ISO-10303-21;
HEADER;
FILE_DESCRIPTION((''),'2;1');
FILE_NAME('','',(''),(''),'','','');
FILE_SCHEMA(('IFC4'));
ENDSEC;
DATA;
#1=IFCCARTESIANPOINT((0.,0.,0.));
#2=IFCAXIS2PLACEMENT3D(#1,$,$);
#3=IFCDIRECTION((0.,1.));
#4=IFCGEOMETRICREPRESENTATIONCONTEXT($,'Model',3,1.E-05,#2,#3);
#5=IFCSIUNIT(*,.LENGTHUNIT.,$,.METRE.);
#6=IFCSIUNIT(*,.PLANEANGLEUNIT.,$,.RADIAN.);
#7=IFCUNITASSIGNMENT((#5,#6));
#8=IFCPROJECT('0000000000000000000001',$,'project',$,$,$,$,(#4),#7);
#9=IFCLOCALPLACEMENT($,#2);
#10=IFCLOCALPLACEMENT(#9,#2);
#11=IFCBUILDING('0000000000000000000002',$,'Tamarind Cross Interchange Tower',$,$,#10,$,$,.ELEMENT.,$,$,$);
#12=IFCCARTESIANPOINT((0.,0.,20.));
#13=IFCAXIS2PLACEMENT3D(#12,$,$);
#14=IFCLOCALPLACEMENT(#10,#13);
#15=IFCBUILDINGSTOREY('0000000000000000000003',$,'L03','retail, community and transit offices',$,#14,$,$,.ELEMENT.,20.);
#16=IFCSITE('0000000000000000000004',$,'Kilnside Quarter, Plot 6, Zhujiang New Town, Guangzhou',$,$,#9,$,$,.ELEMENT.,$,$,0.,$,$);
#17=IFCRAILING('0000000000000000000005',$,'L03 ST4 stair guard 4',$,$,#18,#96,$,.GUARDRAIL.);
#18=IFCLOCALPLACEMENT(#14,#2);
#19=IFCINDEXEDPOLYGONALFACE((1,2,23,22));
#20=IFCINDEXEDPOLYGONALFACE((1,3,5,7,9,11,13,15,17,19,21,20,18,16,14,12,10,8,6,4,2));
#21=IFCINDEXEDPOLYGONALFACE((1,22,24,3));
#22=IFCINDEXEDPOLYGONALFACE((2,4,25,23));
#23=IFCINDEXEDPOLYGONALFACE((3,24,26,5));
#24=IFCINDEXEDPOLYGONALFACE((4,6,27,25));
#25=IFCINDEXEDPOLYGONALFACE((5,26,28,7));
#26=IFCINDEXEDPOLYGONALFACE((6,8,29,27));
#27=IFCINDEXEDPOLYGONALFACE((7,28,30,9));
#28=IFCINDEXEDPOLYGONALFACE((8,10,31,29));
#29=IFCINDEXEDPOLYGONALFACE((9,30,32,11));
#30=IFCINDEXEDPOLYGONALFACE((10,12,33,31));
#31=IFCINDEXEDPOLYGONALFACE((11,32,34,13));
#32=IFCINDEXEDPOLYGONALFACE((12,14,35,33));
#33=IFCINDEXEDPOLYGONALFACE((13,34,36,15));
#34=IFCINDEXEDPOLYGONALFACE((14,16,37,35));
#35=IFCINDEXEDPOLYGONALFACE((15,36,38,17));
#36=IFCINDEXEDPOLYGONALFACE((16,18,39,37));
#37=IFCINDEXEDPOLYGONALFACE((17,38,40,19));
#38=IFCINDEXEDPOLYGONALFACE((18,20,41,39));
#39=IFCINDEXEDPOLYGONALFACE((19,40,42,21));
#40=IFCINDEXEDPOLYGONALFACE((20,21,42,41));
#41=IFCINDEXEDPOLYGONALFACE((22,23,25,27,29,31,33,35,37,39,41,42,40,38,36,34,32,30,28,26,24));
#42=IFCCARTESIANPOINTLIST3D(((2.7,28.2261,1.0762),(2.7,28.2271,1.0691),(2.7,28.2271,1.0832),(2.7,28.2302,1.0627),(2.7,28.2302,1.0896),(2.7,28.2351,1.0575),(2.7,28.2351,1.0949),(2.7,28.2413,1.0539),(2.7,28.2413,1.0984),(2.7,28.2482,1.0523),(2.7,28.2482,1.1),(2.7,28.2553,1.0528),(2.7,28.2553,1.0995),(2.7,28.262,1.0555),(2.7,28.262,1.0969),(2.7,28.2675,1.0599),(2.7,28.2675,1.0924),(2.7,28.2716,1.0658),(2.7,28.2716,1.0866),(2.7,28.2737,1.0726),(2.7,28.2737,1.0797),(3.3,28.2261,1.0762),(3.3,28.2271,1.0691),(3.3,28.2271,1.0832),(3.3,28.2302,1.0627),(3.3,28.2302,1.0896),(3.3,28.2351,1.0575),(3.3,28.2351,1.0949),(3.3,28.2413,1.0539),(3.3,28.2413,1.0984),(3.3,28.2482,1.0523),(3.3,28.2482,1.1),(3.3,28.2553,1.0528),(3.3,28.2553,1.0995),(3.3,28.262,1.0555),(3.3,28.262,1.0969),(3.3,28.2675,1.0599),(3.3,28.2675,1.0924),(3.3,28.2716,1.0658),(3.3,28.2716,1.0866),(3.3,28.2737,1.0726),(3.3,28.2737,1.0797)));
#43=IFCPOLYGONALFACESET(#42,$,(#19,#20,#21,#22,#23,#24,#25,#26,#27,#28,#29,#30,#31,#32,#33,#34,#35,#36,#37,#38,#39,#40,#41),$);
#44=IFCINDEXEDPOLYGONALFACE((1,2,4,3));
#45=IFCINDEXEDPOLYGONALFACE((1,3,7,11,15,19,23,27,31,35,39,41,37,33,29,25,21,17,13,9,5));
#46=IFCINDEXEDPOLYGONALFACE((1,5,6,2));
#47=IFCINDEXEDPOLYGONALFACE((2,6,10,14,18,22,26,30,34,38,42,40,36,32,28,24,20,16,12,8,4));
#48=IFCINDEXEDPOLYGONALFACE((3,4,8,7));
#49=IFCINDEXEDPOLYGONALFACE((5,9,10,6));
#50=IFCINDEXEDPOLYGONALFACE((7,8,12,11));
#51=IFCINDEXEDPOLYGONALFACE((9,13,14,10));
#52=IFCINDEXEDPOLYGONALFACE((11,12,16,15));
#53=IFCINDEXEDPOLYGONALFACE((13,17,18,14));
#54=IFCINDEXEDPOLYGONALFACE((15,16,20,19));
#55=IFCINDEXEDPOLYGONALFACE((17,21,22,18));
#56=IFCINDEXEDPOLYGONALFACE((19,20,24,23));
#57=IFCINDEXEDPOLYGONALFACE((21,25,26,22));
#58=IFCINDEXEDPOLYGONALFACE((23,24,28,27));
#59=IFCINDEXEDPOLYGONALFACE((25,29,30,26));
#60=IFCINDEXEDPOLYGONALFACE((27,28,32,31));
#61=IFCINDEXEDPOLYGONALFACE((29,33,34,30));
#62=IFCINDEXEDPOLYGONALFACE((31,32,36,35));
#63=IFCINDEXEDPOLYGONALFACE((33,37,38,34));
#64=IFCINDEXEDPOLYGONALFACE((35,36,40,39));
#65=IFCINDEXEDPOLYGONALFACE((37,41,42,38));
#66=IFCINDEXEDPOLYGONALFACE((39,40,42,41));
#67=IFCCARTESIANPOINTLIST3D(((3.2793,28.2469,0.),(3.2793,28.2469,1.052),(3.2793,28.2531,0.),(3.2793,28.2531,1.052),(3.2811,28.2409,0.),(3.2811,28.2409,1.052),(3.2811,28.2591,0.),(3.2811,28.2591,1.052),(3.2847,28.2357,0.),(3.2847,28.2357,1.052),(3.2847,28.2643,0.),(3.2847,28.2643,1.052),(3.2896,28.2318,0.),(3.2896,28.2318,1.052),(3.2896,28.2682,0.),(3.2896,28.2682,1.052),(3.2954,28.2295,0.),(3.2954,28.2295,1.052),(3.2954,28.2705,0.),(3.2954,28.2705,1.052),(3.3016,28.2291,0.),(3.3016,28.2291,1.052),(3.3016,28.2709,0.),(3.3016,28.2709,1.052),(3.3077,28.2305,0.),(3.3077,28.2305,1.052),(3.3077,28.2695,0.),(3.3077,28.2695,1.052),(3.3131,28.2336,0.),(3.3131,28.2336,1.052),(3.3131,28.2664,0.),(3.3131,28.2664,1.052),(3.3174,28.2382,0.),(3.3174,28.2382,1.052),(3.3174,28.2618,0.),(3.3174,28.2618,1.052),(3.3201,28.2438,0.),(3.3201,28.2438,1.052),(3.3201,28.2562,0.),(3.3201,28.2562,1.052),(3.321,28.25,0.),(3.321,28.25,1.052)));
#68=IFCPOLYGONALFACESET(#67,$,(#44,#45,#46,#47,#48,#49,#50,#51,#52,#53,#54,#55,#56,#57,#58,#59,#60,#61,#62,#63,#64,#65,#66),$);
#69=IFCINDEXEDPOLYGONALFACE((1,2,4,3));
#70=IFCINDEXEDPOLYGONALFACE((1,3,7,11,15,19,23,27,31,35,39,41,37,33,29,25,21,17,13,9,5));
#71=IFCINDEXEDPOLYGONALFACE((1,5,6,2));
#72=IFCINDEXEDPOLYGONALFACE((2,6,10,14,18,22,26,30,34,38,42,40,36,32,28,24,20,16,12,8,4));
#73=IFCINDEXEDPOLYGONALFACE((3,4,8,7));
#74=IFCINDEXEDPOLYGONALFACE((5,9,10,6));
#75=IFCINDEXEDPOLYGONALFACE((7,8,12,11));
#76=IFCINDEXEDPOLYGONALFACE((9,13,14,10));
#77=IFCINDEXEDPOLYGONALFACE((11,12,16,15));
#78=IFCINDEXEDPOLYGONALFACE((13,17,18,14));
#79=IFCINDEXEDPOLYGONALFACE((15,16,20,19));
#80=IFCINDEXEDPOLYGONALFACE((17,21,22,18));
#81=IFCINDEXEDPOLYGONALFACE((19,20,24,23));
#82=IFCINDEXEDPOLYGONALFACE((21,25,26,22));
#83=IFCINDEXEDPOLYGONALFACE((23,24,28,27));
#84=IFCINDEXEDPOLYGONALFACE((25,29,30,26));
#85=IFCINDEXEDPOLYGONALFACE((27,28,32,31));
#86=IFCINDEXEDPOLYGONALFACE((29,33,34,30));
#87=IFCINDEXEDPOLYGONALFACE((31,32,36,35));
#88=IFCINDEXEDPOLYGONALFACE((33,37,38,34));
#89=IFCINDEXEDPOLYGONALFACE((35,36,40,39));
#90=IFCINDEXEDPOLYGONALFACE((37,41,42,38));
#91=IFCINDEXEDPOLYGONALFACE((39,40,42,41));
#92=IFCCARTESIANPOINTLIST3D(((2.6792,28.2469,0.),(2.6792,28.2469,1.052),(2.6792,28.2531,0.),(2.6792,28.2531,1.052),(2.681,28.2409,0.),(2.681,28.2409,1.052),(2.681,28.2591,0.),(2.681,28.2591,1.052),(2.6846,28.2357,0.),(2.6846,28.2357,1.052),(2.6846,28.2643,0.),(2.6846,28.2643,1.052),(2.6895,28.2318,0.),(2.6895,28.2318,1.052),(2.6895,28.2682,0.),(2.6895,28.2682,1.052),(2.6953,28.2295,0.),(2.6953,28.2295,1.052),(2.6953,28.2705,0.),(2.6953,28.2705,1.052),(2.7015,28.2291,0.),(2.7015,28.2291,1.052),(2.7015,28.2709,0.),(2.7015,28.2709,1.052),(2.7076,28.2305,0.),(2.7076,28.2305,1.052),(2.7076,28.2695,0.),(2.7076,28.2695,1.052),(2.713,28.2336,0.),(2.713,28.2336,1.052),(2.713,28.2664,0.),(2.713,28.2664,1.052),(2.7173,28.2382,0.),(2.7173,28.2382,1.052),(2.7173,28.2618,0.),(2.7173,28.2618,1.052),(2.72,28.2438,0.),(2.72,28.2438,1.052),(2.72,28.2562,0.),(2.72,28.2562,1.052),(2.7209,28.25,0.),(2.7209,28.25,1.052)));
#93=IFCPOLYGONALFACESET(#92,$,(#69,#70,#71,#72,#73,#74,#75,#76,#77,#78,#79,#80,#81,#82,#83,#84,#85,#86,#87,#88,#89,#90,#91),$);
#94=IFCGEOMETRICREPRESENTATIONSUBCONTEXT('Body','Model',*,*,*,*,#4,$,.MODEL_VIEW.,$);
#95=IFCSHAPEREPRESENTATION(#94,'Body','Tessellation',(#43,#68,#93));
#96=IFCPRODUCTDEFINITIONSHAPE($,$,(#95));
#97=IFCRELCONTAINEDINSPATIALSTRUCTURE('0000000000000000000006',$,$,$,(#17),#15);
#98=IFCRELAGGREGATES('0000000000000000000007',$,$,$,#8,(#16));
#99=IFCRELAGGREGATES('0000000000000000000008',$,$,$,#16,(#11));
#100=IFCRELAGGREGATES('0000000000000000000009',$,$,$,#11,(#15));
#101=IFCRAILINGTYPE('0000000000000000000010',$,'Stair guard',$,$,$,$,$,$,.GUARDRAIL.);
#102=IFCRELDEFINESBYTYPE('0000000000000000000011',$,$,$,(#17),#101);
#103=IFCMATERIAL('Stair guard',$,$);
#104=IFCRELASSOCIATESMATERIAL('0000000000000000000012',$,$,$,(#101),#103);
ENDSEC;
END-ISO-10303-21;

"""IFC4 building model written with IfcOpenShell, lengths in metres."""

from ifc_helpers import new_model, si_unit, direction, frame, origin, origin_2d, place, context, subcontext, project, spatial, circle, extrude, material, type_object, element, save


model = new_model("IFC4")

# Units and contexts
model_context = context("Model", 3, precision=1e-05, world=origin(), true_north=direction((0.0, 1.0)))
body_context = subcontext(model_context, "Body", "Model", "MODEL_VIEW")
ifc_project = project(units=[si_unit("LENGTHUNIT", "METRE"), si_unit("PLANEANGLEUNIT", "RADIAN")], contexts=[model_context])

# Site, building, storey
site_placement = place(None, origin())
site = spatial("IfcSite", under=ifc_project, at=site_placement, Name="Kilnside Quarter, Plot 6, Zhujiang New Town, Guangzhou", CompositionType="ELEMENT", RefElevation=0.0)
building_placement = place(site_placement, origin())
building = spatial("IfcBuilding", under=site, at=building_placement, Name="Tamarind Cross Interchange Tower", CompositionType="ELEMENT")
storey_placement = place(building_placement, frame((0.0, 0.0, 20.0)))
storey = spatial("IfcBuildingStorey", under=building, at=storey_placement, Name="L03", Description="retail, community and transit offices", CompositionType="ELEMENT", Elevation=20.0)

# Railing
ifc_material_1 = material(Name="Stair guard")
railing_type_1 = type_object("IfcRailingType", Name="Stair guard", PredefinedType="GUARDRAIL", material=ifc_material_1)
railing_1_placement = place(storey_placement, frame((3.3, 28.25, 0.0)))
element("IfcRailing", 1, at=railing_1_placement, inside=storey, type_object=railing_type_1, Name="L03 ST4 stair guard 4", PredefinedType="GUARDRAIL", context=body_context, shape_type="SweptSolid", body=[
    extrude(circle(Radius=0.0239, at=origin_2d()), frame((0.0, 0.0, 1.0762), z_axis=(-1.0, 0.0, 0.0), x_axis=(0.0, -1.0, 0.0)), (0.0, 0.0, 1.0), 0.6001),
    extrude(circle(Radius=0.021, at=origin_2d()), origin(), (0.0, 0.0, 1.0), 1.052),
    extrude(circle(Radius=0.021, at=origin_2d()), frame((-0.6001, 0.0, 0.0)), (0.0, 0.0, 1.0), 1.052),
])

save(model, "model.ifc")
